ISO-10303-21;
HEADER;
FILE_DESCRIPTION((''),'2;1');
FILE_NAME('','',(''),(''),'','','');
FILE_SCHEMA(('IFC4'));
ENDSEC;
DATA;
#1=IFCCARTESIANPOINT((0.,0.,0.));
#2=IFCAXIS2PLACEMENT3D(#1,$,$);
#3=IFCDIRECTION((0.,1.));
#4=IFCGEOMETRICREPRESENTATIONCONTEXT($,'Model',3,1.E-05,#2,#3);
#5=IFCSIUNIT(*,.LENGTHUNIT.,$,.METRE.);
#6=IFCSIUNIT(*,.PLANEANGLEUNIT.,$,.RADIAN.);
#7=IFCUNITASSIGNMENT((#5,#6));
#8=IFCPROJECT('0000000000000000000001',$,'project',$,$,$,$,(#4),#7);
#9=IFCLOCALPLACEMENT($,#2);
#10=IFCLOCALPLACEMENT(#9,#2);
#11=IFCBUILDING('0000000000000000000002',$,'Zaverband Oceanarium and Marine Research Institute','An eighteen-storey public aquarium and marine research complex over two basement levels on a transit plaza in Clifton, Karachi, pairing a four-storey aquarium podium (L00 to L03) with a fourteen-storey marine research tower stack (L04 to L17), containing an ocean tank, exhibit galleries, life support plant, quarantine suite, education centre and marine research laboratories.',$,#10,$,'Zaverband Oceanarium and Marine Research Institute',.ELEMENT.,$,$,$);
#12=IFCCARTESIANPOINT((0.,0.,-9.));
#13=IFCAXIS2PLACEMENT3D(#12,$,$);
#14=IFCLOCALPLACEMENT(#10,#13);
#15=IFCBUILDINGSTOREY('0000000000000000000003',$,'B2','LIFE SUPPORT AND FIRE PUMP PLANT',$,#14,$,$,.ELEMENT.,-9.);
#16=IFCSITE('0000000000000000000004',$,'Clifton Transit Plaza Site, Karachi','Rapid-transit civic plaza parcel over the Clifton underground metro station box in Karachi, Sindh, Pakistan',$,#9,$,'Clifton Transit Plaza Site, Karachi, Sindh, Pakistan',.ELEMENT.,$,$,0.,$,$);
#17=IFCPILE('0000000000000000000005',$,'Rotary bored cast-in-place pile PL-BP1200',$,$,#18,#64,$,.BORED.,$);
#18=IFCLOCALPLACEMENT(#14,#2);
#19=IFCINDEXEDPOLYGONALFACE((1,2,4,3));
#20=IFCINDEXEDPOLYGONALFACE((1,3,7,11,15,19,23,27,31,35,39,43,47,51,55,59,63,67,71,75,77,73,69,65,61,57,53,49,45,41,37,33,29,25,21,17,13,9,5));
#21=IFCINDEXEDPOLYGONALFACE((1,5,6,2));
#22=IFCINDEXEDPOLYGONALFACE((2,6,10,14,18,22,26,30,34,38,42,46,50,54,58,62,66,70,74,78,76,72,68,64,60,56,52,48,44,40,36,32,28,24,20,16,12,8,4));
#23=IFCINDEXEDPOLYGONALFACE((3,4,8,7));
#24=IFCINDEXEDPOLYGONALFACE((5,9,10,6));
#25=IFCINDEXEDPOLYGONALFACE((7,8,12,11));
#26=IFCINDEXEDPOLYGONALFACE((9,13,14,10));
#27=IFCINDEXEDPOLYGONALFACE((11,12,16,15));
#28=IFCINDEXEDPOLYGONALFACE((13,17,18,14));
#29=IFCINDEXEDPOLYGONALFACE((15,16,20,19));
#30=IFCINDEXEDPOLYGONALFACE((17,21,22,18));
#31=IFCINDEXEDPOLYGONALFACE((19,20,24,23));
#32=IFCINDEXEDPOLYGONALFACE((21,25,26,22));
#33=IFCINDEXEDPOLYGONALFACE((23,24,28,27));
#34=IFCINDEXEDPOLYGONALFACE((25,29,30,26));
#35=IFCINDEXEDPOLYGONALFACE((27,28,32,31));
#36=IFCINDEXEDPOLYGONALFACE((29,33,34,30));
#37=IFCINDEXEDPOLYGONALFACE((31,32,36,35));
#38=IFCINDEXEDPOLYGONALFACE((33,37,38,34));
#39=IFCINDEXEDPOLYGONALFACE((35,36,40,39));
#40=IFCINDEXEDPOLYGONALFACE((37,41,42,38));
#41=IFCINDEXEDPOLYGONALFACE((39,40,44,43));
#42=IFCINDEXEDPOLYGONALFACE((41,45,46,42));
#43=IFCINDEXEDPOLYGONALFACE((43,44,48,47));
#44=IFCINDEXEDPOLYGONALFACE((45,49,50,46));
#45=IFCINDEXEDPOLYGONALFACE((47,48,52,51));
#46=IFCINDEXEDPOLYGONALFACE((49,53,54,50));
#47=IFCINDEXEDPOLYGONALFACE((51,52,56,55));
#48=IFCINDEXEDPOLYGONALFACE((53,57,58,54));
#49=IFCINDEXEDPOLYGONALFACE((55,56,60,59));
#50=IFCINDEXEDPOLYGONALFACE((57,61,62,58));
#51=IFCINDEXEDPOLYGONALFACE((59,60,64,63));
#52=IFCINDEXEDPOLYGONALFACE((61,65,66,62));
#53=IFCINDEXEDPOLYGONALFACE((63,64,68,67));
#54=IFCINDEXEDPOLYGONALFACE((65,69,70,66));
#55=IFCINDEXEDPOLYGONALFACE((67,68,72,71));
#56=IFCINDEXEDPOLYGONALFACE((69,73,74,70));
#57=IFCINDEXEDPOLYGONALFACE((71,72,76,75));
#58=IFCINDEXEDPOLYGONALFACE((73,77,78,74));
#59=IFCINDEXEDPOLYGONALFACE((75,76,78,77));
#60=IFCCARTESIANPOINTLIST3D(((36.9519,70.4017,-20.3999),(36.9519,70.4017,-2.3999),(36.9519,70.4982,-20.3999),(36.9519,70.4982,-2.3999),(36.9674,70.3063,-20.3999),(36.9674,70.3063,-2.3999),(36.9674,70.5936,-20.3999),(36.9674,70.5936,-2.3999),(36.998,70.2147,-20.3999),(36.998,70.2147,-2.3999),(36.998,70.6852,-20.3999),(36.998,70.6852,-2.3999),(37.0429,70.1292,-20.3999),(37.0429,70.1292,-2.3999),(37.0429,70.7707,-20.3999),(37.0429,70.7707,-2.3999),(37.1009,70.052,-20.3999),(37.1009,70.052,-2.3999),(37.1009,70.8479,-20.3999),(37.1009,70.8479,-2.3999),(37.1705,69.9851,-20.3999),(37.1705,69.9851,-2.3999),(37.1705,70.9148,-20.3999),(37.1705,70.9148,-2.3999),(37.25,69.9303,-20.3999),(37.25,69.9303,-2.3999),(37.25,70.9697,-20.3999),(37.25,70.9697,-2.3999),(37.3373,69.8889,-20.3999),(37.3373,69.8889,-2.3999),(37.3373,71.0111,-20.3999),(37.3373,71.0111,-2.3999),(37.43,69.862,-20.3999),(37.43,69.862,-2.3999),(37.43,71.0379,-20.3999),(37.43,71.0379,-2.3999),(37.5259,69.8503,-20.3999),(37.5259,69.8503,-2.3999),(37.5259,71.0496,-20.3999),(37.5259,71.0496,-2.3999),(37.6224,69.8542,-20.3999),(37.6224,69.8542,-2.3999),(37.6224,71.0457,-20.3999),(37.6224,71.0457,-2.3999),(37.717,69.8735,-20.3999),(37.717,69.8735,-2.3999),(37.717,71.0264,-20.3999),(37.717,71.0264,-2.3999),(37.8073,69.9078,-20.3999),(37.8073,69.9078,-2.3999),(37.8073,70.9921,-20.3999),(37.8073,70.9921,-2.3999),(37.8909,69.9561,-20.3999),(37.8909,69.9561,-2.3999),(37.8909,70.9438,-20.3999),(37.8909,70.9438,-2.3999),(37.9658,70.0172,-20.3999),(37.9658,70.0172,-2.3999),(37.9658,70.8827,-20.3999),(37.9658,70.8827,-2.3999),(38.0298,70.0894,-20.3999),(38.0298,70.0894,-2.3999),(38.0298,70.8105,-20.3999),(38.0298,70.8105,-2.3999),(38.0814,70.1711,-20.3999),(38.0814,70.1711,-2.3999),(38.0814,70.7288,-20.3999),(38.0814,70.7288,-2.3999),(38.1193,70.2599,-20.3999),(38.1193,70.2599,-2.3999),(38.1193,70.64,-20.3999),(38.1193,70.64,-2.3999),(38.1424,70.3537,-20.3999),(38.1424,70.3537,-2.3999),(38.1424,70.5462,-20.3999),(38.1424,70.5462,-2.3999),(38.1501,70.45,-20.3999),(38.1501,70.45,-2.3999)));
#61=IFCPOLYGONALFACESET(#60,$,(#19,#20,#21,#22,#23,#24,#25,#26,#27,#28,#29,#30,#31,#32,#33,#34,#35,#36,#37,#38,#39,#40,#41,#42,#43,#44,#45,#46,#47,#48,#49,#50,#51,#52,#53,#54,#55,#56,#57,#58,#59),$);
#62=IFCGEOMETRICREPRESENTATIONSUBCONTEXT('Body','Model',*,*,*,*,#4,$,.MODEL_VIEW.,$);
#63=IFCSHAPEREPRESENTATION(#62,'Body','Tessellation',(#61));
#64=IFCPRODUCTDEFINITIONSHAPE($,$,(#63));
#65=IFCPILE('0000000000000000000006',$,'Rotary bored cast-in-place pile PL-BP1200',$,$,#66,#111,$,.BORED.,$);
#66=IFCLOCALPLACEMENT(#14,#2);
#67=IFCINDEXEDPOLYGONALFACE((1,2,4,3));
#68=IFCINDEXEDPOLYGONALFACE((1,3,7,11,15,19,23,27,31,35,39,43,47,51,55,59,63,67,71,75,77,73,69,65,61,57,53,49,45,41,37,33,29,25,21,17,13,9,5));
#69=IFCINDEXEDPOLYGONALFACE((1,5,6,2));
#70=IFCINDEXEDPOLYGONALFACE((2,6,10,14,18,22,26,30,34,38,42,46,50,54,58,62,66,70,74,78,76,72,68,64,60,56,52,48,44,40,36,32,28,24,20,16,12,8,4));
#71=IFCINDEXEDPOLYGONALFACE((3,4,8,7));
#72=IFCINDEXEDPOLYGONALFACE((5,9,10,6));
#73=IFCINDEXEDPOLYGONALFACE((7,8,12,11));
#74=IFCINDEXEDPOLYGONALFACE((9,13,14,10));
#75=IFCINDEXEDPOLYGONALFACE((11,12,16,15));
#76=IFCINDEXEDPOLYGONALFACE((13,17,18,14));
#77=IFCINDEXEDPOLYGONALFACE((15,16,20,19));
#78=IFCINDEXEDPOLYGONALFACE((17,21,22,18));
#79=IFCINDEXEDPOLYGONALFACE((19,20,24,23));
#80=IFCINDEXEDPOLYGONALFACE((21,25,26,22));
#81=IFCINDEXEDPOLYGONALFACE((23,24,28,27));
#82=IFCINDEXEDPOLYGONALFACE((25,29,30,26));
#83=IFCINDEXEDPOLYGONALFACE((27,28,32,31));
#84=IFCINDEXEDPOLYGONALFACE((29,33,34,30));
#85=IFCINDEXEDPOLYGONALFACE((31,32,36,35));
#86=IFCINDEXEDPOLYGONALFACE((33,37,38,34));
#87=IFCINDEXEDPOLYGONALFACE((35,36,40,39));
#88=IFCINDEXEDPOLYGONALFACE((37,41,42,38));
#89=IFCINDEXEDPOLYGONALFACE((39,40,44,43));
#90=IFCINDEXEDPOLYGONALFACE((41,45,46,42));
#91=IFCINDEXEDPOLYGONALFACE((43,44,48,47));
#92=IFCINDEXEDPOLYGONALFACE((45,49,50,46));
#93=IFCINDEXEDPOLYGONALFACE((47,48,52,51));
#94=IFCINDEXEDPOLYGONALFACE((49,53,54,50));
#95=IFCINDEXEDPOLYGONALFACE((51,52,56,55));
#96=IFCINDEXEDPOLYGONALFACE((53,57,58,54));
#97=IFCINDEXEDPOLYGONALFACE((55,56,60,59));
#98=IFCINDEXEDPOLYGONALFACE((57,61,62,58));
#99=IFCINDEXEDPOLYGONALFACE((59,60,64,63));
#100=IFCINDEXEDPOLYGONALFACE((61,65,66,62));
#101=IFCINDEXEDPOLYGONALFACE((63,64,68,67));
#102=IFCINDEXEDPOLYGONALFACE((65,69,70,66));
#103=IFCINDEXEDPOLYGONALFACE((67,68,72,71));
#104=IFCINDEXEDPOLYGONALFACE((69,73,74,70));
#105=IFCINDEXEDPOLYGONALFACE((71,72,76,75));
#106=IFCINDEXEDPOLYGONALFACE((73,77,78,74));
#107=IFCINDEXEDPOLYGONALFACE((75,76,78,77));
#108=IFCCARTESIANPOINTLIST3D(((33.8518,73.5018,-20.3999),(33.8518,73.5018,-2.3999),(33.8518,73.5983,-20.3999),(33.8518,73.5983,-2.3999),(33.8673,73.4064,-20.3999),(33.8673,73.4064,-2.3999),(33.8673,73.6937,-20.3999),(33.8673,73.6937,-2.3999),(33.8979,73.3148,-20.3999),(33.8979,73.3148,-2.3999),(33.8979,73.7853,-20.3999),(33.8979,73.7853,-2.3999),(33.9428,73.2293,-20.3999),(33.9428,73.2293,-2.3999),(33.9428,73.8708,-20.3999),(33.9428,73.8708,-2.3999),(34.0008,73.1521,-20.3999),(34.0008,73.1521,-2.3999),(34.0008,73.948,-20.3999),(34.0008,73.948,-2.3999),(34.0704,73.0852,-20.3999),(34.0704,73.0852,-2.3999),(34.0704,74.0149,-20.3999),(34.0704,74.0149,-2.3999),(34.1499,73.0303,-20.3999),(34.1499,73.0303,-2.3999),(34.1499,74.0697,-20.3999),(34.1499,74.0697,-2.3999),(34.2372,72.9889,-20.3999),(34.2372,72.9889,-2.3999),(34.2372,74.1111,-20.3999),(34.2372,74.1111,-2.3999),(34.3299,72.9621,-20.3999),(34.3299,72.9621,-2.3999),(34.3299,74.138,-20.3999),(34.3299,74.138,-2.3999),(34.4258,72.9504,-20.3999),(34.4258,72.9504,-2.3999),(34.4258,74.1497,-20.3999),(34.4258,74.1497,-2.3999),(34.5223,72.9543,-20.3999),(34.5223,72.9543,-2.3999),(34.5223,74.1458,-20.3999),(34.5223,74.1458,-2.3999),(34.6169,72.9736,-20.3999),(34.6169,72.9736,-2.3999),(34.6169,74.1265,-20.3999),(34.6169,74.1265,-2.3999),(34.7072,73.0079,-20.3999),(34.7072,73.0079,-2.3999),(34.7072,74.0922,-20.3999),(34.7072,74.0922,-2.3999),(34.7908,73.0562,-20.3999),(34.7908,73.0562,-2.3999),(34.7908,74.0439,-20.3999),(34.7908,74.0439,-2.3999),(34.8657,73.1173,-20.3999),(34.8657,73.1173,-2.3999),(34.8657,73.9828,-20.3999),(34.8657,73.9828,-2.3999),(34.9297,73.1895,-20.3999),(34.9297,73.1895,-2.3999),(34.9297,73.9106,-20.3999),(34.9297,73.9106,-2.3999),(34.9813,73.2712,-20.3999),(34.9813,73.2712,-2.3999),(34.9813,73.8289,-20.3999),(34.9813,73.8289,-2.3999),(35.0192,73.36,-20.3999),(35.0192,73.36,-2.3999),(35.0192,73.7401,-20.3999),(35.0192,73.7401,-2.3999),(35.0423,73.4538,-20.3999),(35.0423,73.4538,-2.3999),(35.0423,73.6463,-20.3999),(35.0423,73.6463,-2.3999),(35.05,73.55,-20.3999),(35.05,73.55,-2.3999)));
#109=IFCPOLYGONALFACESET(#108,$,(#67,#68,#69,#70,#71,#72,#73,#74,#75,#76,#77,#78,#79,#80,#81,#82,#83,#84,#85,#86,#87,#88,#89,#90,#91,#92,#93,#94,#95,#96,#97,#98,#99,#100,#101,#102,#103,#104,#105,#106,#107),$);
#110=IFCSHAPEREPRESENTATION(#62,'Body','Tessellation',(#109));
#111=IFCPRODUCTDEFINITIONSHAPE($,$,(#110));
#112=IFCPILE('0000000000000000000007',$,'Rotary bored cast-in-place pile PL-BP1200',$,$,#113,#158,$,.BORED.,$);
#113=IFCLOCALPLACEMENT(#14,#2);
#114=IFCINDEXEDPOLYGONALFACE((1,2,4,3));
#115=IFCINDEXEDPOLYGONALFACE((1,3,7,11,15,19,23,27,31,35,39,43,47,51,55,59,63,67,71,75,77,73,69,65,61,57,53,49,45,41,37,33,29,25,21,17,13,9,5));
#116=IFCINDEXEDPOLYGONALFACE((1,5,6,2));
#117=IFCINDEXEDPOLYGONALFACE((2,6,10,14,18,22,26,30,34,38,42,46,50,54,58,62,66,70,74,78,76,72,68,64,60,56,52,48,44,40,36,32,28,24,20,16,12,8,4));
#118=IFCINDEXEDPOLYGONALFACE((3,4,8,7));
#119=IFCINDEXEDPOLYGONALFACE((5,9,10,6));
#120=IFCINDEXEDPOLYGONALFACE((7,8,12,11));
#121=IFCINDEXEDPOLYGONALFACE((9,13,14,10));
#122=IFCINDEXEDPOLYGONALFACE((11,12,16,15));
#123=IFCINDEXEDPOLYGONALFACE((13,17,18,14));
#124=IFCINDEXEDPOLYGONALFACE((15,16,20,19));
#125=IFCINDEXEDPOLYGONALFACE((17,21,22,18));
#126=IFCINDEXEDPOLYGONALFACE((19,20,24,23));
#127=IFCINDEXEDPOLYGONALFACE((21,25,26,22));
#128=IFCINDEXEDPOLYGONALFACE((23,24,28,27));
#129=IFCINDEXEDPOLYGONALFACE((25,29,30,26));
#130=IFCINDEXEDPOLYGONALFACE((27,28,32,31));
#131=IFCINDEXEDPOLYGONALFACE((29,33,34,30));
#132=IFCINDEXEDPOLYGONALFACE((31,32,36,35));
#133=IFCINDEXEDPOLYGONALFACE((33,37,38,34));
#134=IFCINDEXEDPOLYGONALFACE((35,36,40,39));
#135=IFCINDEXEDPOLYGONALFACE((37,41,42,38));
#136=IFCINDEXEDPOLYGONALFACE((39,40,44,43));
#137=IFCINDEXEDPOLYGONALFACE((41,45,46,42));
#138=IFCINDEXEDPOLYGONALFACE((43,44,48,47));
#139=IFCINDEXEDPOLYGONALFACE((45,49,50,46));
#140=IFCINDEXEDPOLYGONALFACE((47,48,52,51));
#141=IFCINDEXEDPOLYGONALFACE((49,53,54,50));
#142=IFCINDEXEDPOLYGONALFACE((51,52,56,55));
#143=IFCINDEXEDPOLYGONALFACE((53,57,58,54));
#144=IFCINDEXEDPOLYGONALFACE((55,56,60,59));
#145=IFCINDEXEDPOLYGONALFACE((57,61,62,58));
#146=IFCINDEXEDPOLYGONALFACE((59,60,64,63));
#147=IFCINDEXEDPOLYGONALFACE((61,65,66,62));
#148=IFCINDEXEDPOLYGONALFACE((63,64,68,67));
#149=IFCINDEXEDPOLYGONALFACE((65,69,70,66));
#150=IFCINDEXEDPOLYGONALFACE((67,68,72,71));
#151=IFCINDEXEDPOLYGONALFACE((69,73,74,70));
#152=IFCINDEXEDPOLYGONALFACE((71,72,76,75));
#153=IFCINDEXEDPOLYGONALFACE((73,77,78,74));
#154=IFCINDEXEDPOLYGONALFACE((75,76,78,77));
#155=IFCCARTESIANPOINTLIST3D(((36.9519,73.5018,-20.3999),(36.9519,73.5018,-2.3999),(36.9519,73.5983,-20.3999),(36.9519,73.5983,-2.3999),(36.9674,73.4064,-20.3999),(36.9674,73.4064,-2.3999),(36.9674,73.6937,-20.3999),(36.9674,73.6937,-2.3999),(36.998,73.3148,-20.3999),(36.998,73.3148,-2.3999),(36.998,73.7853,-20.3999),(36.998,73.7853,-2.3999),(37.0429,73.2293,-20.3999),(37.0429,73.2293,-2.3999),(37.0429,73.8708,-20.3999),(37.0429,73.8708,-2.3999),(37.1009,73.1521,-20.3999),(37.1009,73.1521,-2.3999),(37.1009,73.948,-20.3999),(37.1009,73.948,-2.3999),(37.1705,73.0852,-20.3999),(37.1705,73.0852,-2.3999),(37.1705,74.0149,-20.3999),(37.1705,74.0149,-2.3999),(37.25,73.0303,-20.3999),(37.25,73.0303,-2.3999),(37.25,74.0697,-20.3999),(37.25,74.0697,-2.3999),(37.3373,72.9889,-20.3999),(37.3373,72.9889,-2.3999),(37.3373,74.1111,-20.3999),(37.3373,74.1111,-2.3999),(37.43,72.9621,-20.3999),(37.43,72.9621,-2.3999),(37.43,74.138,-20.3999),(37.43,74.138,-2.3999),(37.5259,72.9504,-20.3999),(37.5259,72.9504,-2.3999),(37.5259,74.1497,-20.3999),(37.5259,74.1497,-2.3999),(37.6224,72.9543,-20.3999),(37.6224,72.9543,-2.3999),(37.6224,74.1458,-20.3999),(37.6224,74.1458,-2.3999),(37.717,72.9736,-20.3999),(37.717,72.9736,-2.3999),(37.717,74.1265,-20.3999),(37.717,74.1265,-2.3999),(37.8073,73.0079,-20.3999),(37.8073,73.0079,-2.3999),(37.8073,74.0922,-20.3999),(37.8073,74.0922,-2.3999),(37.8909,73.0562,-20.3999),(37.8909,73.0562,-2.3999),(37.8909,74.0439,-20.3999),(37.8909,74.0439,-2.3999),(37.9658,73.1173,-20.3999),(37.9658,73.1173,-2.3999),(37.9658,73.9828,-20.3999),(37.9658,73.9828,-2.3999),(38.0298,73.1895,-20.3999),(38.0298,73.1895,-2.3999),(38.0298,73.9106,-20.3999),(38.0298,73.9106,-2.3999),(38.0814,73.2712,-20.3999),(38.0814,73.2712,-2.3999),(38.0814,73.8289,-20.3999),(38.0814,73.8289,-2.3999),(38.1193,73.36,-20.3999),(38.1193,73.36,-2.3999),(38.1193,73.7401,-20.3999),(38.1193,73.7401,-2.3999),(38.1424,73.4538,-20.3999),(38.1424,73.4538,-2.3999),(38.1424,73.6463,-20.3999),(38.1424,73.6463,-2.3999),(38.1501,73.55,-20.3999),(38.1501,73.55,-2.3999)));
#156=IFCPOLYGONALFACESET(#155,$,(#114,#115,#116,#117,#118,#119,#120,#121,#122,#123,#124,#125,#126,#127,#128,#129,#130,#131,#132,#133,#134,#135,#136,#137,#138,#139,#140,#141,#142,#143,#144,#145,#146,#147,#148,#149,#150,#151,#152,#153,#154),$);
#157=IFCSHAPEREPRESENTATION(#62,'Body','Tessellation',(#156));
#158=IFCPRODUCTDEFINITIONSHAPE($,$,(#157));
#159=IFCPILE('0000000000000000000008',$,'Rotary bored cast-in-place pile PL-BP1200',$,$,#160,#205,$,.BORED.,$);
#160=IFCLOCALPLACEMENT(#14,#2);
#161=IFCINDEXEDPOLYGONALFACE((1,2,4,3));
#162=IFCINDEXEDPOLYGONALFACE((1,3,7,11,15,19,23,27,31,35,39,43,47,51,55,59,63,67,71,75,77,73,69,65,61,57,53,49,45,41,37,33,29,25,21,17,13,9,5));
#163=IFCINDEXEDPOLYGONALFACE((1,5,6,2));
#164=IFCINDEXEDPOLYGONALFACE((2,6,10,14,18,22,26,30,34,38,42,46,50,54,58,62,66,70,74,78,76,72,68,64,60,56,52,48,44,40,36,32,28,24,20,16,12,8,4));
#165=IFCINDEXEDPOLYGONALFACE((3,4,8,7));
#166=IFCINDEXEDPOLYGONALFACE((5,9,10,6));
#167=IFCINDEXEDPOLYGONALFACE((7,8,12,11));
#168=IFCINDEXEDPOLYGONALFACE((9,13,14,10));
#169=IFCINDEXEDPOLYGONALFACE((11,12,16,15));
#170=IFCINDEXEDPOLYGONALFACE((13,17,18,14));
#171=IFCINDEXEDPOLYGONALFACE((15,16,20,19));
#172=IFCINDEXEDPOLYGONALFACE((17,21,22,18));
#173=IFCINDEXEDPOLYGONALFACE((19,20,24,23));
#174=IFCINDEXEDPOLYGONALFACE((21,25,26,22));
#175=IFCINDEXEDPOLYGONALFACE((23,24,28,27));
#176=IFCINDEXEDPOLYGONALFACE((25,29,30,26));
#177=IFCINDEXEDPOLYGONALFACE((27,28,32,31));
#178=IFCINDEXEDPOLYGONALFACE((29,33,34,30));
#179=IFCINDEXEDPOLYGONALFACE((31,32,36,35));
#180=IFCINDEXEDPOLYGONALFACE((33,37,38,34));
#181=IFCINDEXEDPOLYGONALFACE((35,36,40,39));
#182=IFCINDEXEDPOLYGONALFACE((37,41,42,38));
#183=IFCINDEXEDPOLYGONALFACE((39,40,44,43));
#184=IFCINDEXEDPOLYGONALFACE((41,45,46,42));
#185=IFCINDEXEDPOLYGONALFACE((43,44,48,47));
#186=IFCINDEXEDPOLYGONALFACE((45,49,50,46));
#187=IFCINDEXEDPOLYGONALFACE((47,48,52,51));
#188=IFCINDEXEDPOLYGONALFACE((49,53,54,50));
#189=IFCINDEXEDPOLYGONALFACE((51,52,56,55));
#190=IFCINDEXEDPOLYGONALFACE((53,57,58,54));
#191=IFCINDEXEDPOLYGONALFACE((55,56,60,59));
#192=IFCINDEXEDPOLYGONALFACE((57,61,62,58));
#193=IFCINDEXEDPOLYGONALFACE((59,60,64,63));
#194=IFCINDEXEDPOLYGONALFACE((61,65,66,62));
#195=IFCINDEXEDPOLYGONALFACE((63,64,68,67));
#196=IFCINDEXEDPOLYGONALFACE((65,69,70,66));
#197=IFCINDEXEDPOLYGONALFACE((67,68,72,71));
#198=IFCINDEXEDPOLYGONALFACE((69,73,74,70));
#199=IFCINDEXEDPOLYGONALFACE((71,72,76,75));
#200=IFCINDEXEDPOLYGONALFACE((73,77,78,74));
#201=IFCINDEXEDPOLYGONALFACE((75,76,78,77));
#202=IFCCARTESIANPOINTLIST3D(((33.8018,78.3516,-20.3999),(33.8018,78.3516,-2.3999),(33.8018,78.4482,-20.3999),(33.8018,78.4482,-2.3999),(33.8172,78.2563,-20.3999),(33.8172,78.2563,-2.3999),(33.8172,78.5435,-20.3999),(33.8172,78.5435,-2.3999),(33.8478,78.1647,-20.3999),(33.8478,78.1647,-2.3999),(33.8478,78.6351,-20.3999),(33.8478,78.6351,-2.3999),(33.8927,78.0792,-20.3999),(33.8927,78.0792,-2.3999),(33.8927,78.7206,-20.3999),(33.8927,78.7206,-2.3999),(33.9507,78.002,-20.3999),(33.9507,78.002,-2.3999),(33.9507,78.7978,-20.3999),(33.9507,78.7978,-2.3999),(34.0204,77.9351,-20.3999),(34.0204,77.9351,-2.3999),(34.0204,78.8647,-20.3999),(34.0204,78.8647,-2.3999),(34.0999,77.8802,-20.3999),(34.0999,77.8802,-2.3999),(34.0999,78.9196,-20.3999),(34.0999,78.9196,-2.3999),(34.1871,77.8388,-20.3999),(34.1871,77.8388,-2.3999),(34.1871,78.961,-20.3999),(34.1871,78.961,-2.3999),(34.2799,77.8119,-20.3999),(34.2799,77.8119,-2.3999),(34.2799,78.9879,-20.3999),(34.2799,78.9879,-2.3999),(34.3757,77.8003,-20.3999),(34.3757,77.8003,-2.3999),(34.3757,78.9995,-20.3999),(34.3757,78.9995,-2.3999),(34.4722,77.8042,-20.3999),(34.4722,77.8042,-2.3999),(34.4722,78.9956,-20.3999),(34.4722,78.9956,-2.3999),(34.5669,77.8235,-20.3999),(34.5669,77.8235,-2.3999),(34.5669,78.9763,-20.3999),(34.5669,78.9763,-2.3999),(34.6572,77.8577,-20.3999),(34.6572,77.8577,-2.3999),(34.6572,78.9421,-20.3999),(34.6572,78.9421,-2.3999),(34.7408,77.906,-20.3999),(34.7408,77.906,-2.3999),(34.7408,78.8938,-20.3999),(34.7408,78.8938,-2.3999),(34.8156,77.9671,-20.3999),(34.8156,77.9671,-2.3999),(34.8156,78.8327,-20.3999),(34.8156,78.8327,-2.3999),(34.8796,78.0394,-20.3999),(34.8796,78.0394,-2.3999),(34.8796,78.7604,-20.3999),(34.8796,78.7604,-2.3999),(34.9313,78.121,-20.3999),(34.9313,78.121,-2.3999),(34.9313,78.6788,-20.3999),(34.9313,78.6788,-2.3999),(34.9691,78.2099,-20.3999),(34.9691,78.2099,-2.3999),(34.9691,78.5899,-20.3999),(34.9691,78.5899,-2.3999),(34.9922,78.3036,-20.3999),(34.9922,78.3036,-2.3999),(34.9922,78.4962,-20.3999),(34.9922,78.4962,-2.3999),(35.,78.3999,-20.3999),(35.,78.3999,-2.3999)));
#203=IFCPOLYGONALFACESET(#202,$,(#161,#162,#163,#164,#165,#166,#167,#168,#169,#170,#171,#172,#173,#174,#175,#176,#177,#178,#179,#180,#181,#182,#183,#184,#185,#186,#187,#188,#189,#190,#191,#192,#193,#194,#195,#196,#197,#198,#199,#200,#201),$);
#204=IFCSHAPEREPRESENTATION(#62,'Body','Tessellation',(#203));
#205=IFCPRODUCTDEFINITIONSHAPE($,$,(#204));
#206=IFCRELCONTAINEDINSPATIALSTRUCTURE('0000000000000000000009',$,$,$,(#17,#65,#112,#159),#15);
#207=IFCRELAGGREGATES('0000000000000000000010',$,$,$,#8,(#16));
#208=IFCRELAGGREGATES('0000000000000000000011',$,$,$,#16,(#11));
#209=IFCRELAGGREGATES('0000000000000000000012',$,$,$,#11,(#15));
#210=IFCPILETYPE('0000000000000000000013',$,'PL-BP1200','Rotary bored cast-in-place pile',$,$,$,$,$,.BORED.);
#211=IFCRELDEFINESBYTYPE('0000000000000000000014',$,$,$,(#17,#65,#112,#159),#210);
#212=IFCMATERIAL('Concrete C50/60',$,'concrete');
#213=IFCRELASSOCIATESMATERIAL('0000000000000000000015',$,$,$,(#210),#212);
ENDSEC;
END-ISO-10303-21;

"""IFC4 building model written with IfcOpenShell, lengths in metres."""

from ifc_helpers import new_model, si_unit, direction, frame, origin, origin_2d, place, context, subcontext, project, spatial, circle, extrude, material, material_profile, profile_set, type_object, element, save


model = new_model("IFC4")

# Units and contexts
model_context = context("Model", 3, precision=1e-05, world=origin(), true_north=direction((0.0, 1.0)))
body_context = subcontext(model_context, "Body", "Model", "MODEL_VIEW")
ifc_project = project(units=[si_unit("LENGTHUNIT", "METRE"), si_unit("PLANEANGLEUNIT", "RADIAN")], contexts=[model_context])

# Site, building, storey
site_placement = place(None, origin())
site = spatial("IfcSite", under=ifc_project, at=site_placement, Name="Clifton Transit Plaza Site, Karachi", Description="Rapid-transit civic plaza parcel over the Clifton underground metro station box in Karachi, Sindh, Pakistan", LongName="Clifton Transit Plaza Site, Karachi, Sindh, Pakistan", CompositionType="ELEMENT", RefElevation=0.0)
building_placement = place(site_placement, origin())
building = spatial("IfcBuilding", under=site, at=building_placement, Name="Zaverband Oceanarium and Marine Research Institute", Description="An eighteen-storey public aquarium and marine research complex over two basement levels on a transit plaza in Clifton, Karachi, pairing a four-storey aquarium podium (L00 to L03) with a fourteen-storey marine research tower stack (L04 to L17), containing an ocean tank, exhibit galleries, life support plant, quarantine suite, education centre and marine research laboratories.", LongName="Zaverband Oceanarium and Marine Research Institute", CompositionType="ELEMENT")
storey_placement = place(building_placement, frame((0.0, 0.0, -9.0)))
storey = spatial("IfcBuildingStorey", under=building, at=storey_placement, Name="B2", Description="LIFE SUPPORT AND FIRE PUMP PLANT", CompositionType="ELEMENT", Elevation=-9.0)

# Shared definitions
ifc_material_1 = material(Name="Concrete C50/60", Category="concrete")

# Piles
ifc_material_profile_1 = material_profile(ifc_material_1, circle(Radius=0.6001, at=origin_2d()), Name="BP1200")
ifc_profile_set_1 = profile_set([ifc_material_profile_1], Name="Concrete C50/60")
pile_type = type_object("IfcPileType", Name="PL-BP1200", Description="Rotary bored cast-in-place pile", PredefinedType="BORED", material=ifc_profile_set_1)
for number, where, z_axis, x_axis, name in (
    (1, (37.55, 70.45, -2.3999), (0.0, 0.0, -1.0), (1.0, 0.0, 0.0), "Rotary bored cast-in-place pile PL-BP1200"),
    (2, (34.45, 73.55, -2.3999), (0.0, 0.0, -1.0), (1.0, 0.0, 0.0), "Rotary bored cast-in-place pile PL-BP1200"),
    (3, (37.55, 73.55, -2.3999), (0.0, 0.0, -1.0), (1.0, 0.0, 0.0), "Rotary bored cast-in-place pile PL-BP1200"),
    (4, (34.3999, 78.3999, -2.3999), (0.0, 0.0, -1.0), (1.0, 0.0, 0.0), "Rotary bored cast-in-place pile PL-BP1200"),
):
    element("IfcPile", number, at=place(storey_placement, frame(where, z_axis=z_axis, x_axis=x_axis)), inside=storey, type_object=pile_type, Name=name, PredefinedType="BORED", context=body_context, shape_type="SweptSolid", body=[
        extrude(circle(Radius=0.6001, at=origin_2d()), origin(), (0.0, 0.0, 1.0), 18.0),
    ])

save(model, "model.ifc")
